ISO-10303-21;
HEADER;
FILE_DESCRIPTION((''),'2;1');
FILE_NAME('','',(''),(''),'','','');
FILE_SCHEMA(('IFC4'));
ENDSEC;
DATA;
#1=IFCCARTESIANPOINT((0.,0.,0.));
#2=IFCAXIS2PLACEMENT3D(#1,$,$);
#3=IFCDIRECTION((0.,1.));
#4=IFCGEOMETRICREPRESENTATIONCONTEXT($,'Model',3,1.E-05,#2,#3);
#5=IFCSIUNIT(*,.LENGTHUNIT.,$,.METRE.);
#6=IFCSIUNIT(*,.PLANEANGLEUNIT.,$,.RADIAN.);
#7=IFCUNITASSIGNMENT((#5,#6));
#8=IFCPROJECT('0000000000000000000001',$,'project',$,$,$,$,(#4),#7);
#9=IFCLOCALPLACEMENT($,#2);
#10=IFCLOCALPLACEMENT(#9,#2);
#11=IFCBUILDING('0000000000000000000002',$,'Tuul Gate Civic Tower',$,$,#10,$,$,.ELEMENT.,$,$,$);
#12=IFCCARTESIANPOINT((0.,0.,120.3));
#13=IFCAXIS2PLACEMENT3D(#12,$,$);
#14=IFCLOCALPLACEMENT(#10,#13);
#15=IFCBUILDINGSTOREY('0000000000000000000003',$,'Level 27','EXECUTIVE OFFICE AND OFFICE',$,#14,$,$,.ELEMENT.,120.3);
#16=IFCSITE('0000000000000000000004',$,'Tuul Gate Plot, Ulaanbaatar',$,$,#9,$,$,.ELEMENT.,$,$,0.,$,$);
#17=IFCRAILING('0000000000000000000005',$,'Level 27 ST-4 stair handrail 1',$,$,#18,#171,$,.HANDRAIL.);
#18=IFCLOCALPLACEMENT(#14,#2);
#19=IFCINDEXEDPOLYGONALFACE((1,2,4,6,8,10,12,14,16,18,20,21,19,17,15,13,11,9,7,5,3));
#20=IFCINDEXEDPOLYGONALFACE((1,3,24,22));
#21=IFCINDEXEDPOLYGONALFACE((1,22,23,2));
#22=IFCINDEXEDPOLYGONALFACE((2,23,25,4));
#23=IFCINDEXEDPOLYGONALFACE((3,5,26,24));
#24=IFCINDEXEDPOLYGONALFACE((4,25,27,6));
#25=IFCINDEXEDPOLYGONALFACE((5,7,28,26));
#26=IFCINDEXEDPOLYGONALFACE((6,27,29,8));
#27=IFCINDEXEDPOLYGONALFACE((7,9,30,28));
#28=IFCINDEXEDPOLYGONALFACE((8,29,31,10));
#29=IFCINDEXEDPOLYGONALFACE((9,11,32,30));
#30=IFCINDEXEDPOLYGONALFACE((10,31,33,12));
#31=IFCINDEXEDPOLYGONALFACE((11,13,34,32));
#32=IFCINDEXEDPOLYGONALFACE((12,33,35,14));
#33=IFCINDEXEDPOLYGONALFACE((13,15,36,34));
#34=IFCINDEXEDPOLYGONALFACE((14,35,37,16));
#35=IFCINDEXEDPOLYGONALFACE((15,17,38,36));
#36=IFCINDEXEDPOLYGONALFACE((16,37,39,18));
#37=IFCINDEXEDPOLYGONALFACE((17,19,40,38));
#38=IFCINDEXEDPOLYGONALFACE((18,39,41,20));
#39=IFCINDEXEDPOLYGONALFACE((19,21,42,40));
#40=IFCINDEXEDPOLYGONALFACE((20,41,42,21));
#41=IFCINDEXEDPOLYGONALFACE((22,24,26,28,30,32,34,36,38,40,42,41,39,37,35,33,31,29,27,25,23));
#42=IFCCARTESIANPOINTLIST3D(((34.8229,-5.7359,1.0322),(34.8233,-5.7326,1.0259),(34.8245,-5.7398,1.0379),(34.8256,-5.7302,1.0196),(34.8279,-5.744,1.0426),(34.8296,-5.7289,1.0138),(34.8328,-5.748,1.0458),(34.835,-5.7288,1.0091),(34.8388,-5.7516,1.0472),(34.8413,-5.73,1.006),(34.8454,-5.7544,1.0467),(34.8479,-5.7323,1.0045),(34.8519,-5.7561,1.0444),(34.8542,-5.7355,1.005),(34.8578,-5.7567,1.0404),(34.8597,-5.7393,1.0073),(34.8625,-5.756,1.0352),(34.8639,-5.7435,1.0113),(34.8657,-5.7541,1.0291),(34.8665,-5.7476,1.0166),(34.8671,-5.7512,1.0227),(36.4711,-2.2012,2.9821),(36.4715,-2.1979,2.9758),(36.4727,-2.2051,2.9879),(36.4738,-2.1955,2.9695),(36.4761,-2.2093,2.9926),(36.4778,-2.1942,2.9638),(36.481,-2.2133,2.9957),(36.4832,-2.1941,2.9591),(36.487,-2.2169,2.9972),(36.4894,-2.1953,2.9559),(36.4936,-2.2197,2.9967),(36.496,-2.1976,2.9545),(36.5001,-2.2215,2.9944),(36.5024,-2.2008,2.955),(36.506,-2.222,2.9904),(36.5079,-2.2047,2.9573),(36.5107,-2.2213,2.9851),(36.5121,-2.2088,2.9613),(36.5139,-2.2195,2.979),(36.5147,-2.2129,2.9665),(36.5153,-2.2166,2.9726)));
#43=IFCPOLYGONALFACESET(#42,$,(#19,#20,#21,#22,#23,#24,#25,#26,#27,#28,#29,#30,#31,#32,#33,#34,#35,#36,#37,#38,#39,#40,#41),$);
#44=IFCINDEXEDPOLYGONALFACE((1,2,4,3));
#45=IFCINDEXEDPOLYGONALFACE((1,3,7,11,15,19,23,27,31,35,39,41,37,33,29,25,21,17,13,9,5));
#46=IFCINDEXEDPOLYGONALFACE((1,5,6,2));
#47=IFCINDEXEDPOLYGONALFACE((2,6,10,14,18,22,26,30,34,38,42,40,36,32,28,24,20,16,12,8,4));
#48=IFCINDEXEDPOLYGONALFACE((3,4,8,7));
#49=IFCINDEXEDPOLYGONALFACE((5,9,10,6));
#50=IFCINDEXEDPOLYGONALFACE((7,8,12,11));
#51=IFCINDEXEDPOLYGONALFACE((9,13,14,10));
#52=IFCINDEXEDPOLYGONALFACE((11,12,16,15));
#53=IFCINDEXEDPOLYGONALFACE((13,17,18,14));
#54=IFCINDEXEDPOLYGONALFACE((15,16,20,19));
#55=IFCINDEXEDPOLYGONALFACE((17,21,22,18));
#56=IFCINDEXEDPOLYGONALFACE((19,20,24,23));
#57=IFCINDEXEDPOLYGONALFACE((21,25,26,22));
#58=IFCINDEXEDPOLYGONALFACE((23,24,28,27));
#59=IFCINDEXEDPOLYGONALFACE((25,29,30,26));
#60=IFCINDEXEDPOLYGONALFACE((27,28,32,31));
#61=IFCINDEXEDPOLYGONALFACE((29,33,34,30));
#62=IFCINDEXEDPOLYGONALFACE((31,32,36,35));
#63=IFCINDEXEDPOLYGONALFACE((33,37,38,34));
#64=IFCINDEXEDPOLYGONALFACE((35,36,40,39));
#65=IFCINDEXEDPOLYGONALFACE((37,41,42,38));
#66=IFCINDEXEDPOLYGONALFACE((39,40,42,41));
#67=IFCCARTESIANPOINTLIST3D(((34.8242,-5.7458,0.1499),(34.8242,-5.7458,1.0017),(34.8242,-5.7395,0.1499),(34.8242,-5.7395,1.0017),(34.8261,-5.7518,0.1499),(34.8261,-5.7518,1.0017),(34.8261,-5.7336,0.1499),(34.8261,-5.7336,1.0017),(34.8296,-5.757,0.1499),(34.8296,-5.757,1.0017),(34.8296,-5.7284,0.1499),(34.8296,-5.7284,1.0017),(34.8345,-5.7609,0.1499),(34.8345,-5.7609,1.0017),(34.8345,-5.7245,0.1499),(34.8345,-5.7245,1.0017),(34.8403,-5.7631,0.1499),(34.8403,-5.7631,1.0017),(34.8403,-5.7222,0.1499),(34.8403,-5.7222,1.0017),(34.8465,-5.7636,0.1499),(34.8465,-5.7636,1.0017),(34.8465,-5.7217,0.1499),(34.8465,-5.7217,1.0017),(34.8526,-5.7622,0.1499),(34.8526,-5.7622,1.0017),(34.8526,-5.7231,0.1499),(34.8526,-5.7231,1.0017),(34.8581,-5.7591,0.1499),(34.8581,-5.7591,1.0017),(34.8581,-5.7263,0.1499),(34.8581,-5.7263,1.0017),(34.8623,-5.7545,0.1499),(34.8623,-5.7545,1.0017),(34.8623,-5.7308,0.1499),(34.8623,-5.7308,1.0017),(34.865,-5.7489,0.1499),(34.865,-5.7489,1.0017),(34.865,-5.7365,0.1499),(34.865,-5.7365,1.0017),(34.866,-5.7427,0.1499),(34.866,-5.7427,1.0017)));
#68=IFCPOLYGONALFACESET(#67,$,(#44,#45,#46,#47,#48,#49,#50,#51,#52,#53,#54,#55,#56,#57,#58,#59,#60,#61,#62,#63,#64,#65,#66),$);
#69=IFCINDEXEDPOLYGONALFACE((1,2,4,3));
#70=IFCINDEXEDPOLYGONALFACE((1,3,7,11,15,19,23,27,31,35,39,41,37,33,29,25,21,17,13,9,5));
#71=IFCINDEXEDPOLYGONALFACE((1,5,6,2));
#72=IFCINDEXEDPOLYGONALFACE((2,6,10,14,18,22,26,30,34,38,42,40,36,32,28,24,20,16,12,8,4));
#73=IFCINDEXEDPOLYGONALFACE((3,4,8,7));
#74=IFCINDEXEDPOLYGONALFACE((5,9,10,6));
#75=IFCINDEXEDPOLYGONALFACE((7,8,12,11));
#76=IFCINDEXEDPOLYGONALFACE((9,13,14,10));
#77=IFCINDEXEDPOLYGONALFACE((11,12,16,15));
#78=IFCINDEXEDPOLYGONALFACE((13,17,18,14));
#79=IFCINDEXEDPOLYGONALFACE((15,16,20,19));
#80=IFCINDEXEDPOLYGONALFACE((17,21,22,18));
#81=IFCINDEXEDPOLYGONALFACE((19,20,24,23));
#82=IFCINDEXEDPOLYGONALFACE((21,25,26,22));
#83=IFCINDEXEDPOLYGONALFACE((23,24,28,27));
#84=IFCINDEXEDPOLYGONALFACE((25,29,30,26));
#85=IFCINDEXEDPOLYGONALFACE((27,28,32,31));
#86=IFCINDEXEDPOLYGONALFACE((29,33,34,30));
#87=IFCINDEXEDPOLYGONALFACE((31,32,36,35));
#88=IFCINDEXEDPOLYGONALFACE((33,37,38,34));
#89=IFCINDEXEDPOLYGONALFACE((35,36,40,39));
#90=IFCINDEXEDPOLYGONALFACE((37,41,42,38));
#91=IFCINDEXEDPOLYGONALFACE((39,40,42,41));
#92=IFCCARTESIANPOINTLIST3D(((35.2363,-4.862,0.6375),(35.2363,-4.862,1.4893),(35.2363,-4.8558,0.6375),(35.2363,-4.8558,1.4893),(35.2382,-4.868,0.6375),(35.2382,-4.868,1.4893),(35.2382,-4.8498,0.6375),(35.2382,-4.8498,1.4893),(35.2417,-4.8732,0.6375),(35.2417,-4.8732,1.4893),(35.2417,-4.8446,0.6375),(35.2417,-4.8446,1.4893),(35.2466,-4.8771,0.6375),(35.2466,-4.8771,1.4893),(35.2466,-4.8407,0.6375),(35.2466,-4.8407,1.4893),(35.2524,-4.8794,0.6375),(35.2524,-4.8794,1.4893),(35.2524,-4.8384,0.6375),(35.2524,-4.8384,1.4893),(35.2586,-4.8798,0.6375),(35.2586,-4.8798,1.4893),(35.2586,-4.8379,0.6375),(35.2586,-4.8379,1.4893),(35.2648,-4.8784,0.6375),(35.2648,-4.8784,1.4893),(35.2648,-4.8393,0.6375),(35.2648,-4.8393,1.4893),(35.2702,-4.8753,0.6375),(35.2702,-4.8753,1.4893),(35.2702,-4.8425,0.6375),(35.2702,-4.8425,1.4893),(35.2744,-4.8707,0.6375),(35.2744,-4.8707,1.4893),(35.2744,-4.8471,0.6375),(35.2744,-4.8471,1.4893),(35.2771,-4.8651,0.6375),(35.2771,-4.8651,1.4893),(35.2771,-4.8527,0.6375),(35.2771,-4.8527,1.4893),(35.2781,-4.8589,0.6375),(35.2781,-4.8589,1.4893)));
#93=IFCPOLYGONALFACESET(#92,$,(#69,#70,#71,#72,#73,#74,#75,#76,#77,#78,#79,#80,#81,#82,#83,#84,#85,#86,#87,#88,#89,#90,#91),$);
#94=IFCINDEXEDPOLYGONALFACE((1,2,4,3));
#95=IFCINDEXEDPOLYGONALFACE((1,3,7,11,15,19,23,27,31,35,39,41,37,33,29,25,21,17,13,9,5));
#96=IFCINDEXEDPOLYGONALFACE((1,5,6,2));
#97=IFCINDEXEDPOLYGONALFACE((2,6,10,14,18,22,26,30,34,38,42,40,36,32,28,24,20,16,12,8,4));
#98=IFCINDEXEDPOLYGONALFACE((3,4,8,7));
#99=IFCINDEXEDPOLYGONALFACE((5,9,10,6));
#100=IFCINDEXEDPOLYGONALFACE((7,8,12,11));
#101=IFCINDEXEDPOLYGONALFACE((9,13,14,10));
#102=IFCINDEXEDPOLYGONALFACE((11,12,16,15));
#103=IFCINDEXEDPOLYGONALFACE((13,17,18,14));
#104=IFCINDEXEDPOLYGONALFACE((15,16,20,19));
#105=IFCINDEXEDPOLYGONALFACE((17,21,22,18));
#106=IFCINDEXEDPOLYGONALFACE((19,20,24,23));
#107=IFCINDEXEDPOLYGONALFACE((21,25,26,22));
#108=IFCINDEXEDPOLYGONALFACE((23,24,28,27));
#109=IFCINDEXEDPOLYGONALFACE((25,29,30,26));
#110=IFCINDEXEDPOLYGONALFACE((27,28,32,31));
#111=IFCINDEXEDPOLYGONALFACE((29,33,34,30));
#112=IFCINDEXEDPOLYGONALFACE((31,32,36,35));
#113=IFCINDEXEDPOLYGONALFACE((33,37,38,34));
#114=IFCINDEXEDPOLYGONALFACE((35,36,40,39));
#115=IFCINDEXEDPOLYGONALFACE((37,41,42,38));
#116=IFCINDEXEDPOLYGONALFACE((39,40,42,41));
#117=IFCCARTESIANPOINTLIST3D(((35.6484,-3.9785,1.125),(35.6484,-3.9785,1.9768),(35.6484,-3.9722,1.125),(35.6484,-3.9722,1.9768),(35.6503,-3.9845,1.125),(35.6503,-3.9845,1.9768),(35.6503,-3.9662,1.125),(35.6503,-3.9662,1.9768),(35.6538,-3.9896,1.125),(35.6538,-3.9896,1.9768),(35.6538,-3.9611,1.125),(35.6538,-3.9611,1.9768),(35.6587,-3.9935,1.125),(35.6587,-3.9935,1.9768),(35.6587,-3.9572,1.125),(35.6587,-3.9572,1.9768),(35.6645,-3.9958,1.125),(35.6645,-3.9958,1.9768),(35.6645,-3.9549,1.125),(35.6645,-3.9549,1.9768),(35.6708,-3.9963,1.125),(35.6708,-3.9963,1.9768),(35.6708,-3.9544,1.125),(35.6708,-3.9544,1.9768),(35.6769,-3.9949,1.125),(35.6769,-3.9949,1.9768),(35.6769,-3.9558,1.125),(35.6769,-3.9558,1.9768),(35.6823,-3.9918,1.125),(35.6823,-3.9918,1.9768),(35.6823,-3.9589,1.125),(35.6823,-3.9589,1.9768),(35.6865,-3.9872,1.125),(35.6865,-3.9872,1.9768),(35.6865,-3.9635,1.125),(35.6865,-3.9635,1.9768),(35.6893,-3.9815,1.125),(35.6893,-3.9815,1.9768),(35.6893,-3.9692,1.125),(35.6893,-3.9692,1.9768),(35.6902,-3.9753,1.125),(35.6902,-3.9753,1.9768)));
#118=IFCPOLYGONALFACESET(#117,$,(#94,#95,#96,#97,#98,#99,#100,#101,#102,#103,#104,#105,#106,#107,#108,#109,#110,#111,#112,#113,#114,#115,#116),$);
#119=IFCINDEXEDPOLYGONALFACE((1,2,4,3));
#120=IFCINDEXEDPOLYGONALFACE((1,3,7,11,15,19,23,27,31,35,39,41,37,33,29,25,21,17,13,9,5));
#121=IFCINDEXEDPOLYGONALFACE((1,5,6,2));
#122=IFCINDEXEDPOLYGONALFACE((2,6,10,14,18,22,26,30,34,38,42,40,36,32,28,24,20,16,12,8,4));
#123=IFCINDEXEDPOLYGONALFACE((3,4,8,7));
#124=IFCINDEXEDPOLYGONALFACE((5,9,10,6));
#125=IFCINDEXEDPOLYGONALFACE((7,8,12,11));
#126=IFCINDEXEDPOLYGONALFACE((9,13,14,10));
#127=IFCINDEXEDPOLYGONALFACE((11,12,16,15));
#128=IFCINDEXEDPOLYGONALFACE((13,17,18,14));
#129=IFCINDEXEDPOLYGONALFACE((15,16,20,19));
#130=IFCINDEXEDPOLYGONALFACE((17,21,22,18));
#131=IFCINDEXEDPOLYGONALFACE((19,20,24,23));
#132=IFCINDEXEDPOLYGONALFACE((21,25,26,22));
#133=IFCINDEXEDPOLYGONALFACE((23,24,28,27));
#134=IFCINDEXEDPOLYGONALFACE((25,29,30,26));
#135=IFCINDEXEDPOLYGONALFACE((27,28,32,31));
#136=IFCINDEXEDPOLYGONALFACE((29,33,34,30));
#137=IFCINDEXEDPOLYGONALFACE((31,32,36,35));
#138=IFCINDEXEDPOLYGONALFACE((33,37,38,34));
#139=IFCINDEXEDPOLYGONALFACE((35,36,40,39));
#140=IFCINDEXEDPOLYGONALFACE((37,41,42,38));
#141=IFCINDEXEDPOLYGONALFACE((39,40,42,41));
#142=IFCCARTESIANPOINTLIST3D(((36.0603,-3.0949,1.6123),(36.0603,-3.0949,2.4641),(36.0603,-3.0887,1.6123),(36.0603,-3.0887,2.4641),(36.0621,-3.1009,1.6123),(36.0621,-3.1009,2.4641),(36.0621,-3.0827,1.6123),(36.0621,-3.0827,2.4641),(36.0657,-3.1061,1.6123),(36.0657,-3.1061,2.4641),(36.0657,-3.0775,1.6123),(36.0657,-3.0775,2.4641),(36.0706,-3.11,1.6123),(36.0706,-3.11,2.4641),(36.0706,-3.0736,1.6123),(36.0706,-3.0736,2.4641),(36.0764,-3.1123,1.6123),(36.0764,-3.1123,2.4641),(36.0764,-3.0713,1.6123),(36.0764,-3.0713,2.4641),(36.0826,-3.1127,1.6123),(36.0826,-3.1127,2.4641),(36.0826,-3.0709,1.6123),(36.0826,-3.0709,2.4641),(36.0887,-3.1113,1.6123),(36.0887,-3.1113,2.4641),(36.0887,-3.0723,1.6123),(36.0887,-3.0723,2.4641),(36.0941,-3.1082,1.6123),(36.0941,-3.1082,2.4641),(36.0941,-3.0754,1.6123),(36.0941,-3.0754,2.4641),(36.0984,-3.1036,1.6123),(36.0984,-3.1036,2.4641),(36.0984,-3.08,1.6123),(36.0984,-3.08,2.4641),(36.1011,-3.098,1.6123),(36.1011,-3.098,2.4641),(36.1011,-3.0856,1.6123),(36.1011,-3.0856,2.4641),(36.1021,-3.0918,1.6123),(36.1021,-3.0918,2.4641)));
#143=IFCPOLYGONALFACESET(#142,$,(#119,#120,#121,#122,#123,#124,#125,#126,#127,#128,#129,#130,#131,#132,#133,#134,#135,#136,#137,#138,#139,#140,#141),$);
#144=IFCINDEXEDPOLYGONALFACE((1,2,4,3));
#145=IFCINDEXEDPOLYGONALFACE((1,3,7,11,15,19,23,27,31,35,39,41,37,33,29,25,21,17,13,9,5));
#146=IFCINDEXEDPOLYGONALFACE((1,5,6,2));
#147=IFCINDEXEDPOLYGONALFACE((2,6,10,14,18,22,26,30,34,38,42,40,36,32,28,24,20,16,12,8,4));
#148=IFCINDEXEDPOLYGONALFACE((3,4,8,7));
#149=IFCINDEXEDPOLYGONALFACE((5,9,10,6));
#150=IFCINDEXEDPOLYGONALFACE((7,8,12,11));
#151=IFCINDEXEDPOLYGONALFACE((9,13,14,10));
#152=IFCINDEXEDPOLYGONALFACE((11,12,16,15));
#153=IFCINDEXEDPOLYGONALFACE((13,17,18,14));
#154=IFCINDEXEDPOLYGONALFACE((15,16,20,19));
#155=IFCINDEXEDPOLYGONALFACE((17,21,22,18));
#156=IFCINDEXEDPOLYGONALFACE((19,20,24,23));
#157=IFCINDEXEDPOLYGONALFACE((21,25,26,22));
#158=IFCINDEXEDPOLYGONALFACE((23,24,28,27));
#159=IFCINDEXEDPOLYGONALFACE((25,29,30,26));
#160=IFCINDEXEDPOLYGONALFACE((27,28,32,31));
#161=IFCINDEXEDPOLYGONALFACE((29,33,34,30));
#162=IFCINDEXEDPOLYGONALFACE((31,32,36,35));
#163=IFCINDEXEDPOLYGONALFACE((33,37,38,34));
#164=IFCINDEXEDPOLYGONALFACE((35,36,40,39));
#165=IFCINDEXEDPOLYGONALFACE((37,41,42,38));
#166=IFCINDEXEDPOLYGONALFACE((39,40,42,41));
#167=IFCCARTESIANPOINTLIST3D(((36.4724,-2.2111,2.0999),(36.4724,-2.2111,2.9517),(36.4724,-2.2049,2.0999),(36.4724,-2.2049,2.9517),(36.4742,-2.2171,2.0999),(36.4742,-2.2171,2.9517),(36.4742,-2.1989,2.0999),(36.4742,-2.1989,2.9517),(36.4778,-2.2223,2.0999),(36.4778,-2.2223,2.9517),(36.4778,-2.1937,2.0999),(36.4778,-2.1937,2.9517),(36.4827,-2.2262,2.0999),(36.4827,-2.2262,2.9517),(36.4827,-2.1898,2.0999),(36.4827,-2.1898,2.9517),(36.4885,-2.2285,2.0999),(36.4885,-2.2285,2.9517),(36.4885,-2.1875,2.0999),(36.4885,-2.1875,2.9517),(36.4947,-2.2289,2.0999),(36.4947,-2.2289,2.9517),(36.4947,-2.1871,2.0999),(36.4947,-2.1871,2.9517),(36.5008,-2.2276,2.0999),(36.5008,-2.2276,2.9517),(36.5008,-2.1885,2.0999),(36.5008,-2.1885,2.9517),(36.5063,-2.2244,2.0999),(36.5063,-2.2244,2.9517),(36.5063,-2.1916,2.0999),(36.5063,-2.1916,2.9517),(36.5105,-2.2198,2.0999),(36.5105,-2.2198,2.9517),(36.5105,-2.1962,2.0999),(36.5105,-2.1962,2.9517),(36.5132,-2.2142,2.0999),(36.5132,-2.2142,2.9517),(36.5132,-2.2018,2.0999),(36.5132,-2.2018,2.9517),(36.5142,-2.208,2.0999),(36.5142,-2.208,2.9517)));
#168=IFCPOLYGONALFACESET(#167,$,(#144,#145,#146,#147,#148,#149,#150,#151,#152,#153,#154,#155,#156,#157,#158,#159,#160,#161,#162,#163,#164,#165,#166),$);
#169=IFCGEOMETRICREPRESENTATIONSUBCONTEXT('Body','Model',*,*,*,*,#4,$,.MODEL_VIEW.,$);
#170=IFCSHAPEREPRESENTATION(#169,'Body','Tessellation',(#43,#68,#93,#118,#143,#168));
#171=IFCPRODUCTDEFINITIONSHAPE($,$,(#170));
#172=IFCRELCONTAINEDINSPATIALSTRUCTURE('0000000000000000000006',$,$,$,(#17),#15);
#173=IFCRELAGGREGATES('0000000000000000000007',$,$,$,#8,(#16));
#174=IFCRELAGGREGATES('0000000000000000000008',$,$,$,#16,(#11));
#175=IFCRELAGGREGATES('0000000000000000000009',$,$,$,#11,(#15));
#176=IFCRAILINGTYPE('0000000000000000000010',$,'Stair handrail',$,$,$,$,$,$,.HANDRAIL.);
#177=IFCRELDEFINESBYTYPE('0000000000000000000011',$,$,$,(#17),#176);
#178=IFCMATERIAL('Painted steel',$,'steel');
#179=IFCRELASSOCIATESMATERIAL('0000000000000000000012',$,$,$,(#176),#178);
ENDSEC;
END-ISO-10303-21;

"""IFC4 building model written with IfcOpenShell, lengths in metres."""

from ifc_helpers import new_model, si_unit, direction, frame, origin, origin_2d, place, context, subcontext, project, spatial, circle, extrude, material, type_object, element, save


model = new_model("IFC4")

# Units and contexts
model_context = context("Model", 3, precision=1e-05, world=origin(), true_north=direction((0.0, 1.0)))
body_context = subcontext(model_context, "Body", "Model", "MODEL_VIEW")
ifc_project = project(units=[si_unit("LENGTHUNIT", "METRE"), si_unit("PLANEANGLEUNIT", "RADIAN")], contexts=[model_context])

# Site, building, storey
site_placement = place(None, origin())
site = spatial("IfcSite", under=ifc_project, at=site_placement, Name="Tuul Gate Plot, Ulaanbaatar", CompositionType="ELEMENT", RefElevation=0.0)
building_placement = place(site_placement, origin())
building = spatial("IfcBuilding", under=site, at=building_placement, Name="Tuul Gate Civic Tower", CompositionType="ELEMENT")
storey_placement = place(building_placement, frame((0.0, 0.0, 120.3)))
storey = spatial("IfcBuildingStorey", under=building, at=storey_placement, Name="Level 27", Description="EXECUTIVE OFFICE AND OFFICE", CompositionType="ELEMENT", Elevation=120.3)

# Railing
ifc_material_1 = material(Name="Painted steel", Category="steel")
railing_type = type_object("IfcRailingType", Name="Stair handrail", PredefinedType="HANDRAIL", material=ifc_material_1)
railing_placement = place(storey_placement, frame((34.845, -5.7427, 0.1499)))
element("IfcRailing", 1, at=railing_placement, inside=storey, type_object=railing_type, Name="Level 27 ST-4 stair handrail 1", PredefinedType="HANDRAIL", context=body_context, shape_type="SweptSolid", body=[
    extrude(circle(Radius=0.0239, at=origin_2d()), frame((0.0, 0.0, 0.876), z_axis=(0.377995, 0.810637, 0.4472), x_axis=(-0.906313, 0.422608, 0.0)), (0.0, 0.0, 1.0), 4.3604),
    extrude(circle(Radius=0.021, at=origin_2d()), origin(), (0.0, 0.0, 1.0), 0.8518),
    extrude(circle(Radius=0.021, at=origin_2d()), frame((0.4121, 0.8838, 0.4875)), (0.0, 0.0, 1.0), 0.8518),
    extrude(circle(Radius=0.021, at=origin_2d()), frame((0.8242, 1.7673, 0.9751)), (0.0, 0.0, 1.0), 0.8518),
    extrude(circle(Radius=0.021, at=origin_2d()), frame((1.2361, 2.6509, 1.4624)), (0.0, 0.0, 1.0), 0.8518),
    extrude(circle(Radius=0.021, at=origin_2d()), frame((1.6482, 3.5347, 1.95)), (0.0, 0.0, 1.0), 0.8518),
])

save(model, "model.ifc")
